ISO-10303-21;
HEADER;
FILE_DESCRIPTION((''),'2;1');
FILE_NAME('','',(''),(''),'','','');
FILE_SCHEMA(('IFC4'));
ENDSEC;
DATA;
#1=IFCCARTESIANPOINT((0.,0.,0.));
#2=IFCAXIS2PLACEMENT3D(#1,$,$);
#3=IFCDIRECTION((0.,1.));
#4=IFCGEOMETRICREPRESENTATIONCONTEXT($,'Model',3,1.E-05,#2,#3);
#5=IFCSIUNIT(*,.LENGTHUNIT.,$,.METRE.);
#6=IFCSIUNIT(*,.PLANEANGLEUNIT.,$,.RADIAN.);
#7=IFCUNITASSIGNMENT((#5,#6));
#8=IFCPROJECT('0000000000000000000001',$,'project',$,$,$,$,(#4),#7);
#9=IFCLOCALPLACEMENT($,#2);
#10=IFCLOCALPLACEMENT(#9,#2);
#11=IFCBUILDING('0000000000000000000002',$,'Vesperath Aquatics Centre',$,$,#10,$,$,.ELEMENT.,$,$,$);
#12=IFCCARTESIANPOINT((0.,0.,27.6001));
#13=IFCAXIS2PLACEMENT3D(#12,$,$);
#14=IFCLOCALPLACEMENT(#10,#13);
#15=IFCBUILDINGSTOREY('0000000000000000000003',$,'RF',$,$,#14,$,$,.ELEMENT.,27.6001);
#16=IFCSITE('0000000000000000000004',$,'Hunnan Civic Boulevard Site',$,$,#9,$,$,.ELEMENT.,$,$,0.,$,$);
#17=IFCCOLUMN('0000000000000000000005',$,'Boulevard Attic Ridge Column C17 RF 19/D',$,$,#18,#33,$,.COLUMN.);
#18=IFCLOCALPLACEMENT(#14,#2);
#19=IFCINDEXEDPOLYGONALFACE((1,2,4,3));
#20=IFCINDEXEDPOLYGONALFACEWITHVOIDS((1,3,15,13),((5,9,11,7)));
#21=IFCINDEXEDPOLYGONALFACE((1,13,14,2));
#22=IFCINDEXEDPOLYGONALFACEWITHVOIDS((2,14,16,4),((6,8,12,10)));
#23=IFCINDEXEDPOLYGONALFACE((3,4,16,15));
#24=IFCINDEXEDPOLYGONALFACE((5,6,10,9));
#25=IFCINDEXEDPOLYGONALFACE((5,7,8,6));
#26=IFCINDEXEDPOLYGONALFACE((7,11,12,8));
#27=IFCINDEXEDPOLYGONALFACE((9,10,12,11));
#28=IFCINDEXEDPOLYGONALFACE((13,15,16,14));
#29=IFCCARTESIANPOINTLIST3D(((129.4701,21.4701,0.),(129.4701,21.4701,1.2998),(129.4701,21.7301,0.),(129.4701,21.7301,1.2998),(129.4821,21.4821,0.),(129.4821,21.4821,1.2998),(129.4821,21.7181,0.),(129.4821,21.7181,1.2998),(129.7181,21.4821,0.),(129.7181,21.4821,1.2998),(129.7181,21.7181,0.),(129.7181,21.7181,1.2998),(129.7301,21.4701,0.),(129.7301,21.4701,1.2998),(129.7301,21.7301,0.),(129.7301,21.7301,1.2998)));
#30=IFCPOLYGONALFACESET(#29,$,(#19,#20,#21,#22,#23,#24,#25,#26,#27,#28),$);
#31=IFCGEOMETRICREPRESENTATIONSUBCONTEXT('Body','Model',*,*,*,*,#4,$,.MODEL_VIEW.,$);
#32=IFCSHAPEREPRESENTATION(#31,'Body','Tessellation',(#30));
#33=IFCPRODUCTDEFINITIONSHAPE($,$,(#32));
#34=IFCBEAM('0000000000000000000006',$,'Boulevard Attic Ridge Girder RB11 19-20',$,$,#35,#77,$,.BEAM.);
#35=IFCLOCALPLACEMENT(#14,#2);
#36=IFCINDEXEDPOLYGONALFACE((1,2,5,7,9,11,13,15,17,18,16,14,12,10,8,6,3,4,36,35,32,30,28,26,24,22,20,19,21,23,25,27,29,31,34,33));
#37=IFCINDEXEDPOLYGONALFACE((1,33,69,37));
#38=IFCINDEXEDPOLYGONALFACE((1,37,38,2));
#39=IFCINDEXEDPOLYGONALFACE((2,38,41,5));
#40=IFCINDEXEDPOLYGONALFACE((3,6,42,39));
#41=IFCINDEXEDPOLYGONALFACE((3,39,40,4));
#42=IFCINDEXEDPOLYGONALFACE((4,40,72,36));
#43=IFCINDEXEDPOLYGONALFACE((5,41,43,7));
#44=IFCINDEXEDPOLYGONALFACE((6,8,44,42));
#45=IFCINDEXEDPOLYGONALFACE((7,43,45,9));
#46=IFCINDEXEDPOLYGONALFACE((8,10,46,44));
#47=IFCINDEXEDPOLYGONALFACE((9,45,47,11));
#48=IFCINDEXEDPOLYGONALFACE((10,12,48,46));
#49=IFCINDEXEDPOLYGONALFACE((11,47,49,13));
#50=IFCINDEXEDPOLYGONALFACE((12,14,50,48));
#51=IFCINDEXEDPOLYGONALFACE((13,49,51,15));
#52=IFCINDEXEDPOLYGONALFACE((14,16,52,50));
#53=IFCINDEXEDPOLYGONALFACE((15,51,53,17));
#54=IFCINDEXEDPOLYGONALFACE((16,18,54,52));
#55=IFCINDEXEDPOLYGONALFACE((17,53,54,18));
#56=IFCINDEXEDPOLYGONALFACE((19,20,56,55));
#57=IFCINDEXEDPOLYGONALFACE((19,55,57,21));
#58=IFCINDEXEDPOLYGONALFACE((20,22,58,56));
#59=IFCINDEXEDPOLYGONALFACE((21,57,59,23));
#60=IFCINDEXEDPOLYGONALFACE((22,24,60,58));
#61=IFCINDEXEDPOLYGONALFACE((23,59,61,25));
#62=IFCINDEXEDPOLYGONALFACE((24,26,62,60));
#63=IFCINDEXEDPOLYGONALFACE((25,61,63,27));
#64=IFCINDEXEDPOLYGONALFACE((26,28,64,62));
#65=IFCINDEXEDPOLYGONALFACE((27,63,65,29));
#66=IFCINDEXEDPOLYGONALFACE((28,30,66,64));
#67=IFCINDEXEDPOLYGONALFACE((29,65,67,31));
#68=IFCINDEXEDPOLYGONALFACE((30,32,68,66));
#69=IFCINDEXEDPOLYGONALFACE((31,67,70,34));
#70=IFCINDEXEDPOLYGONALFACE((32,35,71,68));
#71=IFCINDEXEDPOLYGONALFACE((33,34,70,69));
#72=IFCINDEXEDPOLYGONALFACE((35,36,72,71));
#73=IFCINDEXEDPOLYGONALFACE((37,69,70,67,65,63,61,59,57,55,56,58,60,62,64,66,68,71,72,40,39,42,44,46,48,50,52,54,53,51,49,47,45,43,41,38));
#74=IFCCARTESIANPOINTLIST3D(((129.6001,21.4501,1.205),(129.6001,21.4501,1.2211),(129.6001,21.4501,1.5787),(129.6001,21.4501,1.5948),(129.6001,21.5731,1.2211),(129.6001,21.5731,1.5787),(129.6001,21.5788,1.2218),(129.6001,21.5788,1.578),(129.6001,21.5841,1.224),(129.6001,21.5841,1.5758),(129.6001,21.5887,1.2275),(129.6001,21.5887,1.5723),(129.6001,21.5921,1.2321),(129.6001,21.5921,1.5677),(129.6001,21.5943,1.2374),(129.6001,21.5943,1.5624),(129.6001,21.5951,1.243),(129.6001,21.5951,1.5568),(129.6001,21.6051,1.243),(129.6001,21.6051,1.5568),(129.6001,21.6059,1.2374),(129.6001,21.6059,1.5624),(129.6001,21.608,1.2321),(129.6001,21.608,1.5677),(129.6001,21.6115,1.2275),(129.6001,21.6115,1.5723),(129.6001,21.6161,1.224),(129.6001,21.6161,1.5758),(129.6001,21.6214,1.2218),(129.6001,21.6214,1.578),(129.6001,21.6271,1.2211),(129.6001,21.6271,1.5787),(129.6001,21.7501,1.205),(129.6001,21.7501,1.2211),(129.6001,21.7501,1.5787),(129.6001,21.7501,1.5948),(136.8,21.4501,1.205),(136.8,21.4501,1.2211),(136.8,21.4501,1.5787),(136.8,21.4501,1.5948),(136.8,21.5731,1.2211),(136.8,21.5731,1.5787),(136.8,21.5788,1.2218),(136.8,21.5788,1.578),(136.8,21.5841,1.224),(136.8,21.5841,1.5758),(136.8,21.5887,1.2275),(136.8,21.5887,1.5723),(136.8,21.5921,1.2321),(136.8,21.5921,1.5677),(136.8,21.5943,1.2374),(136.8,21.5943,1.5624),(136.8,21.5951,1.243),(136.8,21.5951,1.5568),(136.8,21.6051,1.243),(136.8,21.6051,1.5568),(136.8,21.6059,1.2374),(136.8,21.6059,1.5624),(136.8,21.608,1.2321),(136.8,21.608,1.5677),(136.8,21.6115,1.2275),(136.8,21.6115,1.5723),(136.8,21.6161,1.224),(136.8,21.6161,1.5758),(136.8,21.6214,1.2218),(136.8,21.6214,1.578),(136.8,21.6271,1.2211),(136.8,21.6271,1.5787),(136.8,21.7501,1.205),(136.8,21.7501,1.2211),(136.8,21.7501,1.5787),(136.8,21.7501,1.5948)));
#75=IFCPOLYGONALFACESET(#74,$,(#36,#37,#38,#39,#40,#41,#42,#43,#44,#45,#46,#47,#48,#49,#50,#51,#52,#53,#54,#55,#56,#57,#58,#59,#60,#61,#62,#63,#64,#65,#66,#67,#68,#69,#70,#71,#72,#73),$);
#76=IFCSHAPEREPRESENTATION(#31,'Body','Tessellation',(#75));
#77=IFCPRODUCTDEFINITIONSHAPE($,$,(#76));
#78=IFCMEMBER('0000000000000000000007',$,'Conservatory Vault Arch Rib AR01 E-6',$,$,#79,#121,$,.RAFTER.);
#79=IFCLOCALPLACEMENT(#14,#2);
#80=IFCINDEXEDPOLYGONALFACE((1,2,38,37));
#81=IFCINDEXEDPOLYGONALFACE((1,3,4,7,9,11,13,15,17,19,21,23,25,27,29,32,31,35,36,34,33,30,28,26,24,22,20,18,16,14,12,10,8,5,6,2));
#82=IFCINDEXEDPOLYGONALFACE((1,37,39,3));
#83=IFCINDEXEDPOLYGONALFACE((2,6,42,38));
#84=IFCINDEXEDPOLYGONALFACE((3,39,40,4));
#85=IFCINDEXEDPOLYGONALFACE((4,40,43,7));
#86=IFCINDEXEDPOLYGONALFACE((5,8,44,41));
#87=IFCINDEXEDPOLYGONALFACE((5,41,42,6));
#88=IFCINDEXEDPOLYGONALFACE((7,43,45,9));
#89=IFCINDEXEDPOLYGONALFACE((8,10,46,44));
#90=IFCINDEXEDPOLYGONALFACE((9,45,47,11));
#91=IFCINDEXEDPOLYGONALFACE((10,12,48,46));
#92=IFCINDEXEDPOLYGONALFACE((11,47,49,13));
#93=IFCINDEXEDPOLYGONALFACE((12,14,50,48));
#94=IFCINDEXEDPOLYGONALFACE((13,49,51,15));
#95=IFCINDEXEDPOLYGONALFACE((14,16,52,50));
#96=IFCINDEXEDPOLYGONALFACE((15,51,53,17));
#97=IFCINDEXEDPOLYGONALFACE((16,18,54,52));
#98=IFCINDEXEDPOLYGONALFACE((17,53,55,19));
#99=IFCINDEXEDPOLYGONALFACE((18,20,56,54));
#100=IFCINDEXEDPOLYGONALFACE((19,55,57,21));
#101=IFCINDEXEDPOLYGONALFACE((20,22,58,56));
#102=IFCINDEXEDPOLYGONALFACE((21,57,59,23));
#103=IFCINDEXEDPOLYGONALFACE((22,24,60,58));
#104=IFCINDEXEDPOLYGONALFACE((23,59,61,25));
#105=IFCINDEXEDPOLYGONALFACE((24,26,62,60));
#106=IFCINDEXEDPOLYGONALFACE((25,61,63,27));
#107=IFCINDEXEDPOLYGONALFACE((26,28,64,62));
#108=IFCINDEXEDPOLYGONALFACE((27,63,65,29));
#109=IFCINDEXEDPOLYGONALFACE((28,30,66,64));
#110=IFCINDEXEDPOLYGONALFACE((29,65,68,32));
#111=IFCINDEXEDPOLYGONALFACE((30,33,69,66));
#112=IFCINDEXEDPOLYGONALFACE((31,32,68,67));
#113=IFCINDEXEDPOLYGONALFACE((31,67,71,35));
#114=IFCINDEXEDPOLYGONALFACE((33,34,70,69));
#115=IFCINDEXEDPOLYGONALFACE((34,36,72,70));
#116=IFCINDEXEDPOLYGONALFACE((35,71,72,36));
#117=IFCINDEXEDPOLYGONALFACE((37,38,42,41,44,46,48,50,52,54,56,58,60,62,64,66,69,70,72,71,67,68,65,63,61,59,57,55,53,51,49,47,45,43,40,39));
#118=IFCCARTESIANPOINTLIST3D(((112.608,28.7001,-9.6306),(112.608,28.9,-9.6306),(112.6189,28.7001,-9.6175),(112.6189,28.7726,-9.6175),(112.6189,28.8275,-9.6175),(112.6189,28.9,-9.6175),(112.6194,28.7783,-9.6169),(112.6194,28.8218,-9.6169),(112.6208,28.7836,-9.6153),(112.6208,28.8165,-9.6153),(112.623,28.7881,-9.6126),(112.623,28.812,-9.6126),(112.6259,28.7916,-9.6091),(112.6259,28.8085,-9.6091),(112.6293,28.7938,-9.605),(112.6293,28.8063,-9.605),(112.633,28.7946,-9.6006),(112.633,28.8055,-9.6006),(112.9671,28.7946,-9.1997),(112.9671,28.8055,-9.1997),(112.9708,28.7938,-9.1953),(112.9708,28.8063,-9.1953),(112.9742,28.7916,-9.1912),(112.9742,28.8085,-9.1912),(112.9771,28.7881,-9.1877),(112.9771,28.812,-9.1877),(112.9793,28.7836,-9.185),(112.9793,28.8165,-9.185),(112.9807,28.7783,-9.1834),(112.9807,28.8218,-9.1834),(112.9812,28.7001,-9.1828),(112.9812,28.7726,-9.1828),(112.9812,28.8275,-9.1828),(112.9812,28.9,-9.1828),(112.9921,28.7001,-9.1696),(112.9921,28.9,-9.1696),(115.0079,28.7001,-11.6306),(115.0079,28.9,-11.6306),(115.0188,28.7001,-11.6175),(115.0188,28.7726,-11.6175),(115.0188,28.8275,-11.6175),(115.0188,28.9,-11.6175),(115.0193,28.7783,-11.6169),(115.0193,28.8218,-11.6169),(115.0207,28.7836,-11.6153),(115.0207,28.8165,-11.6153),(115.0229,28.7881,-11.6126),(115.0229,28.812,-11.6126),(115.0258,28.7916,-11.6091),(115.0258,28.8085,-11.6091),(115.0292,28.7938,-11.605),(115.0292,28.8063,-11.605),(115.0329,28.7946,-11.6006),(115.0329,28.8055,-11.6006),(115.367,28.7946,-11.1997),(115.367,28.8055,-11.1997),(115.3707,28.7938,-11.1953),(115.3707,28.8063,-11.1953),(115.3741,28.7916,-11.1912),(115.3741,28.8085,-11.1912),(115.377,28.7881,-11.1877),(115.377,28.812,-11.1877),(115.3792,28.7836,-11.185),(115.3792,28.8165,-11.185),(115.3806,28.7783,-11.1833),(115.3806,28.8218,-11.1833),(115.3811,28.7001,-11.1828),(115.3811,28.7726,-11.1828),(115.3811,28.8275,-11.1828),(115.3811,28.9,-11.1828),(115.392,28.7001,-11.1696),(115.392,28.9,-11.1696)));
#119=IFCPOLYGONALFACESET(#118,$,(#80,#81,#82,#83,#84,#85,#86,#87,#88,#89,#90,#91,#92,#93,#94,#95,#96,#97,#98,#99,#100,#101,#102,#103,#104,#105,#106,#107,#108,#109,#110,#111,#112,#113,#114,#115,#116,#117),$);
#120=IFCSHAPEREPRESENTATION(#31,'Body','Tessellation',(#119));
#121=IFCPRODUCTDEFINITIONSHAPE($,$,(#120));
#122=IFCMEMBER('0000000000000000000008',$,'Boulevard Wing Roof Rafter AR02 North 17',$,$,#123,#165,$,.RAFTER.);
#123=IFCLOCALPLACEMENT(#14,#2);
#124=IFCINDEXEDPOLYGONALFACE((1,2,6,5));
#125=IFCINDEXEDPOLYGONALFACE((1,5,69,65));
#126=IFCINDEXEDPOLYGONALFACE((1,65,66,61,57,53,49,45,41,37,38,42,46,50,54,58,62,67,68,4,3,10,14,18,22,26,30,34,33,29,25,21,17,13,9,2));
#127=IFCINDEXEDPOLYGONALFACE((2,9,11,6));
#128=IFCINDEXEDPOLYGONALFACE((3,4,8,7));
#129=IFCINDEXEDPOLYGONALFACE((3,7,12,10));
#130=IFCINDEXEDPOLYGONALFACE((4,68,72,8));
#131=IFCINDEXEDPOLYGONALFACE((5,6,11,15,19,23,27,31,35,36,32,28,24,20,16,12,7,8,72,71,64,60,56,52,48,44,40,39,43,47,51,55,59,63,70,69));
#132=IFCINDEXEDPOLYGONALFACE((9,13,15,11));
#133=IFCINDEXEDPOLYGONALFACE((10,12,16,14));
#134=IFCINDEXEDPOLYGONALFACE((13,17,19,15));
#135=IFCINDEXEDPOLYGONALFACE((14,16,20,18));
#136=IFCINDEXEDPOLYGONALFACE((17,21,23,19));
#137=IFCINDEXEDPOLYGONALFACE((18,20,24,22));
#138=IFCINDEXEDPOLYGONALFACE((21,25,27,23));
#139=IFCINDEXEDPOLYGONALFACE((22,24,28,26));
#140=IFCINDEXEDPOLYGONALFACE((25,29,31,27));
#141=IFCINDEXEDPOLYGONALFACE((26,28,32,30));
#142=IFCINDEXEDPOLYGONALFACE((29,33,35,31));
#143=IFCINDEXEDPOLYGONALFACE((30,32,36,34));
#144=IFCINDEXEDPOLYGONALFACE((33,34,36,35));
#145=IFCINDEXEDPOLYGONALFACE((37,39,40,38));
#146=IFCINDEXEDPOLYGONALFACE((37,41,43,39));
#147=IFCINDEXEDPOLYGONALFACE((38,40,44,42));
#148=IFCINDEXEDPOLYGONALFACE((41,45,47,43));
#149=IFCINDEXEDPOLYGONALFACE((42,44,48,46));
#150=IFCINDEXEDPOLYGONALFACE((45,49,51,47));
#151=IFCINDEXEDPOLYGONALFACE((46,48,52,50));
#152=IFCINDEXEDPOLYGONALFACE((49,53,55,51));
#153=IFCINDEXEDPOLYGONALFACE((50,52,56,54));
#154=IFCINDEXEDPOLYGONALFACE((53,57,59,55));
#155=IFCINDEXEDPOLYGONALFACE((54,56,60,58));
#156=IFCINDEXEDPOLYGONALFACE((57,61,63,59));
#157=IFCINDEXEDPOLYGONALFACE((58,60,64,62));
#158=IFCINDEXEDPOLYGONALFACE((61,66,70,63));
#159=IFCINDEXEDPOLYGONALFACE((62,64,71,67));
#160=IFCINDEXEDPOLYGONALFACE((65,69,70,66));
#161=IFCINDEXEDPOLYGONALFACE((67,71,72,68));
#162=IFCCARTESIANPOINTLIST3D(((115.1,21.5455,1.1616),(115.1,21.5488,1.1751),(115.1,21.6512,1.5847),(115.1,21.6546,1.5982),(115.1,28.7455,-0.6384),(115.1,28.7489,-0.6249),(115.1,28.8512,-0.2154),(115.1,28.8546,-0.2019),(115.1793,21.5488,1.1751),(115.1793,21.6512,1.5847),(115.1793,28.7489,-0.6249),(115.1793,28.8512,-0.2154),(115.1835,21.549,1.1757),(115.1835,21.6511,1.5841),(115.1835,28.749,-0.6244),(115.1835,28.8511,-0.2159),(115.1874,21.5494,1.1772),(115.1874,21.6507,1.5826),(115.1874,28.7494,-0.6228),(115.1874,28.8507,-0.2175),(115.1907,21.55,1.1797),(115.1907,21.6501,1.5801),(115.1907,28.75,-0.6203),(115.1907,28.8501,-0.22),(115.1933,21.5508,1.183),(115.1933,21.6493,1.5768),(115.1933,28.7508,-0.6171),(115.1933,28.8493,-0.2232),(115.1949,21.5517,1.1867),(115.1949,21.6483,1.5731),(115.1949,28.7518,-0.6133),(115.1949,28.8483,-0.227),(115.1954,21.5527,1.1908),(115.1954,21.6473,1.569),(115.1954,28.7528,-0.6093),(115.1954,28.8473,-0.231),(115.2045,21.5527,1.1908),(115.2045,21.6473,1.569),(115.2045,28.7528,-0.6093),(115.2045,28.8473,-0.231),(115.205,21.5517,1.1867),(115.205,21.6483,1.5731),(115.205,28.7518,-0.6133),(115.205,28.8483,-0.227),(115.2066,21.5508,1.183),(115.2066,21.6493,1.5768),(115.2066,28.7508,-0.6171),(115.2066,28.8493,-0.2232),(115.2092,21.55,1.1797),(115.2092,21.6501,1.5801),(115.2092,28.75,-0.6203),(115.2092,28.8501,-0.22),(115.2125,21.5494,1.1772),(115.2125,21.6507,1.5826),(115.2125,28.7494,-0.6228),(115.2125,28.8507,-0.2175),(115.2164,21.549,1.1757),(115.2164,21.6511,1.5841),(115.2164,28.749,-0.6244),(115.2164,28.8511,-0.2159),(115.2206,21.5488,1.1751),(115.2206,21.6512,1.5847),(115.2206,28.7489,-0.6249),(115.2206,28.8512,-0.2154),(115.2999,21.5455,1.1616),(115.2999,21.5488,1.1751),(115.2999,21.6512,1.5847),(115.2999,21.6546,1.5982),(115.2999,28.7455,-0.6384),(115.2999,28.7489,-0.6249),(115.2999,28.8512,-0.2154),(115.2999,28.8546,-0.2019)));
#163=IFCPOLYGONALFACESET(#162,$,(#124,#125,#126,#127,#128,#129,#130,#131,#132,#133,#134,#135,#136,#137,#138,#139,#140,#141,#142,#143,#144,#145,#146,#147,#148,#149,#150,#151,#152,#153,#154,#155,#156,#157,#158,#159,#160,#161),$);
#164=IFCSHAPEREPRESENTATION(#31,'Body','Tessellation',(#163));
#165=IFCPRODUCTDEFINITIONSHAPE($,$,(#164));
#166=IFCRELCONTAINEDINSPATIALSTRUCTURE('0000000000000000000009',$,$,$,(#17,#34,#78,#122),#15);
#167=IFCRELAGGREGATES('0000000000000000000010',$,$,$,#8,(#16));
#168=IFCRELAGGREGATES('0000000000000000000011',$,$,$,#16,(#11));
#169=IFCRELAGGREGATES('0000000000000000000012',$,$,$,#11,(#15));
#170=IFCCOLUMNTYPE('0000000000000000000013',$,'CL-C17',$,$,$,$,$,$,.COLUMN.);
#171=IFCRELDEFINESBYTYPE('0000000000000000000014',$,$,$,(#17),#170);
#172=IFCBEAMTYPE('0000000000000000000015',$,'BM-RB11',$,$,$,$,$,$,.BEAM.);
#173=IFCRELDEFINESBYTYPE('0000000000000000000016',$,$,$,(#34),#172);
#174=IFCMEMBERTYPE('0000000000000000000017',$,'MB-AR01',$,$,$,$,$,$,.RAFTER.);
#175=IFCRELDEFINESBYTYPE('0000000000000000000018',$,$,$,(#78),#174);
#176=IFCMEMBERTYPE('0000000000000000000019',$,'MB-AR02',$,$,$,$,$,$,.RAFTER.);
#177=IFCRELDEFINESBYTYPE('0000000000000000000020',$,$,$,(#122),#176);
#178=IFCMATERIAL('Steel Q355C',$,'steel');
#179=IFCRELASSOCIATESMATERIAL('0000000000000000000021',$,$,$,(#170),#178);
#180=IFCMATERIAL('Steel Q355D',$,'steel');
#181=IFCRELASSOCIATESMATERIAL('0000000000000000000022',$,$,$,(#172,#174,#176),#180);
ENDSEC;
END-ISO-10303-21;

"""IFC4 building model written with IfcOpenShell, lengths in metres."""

from ifc_helpers import new_model, si_unit, direction, frame, origin, origin_2d, place, context, subcontext, project, spatial, hollow_rectangle, i_section, extrude, material, material_profile, profile_set, type_object, element, save


model = new_model("IFC4")

# Units and contexts
model_context = context("Model", 3, precision=1e-05, world=origin(), true_north=direction((0.0, 1.0)))
body_context = subcontext(model_context, "Body", "Model", "MODEL_VIEW")
ifc_project = project(units=[si_unit("LENGTHUNIT", "METRE"), si_unit("PLANEANGLEUNIT", "RADIAN")], contexts=[model_context])

# Site, building, storey
site_placement = place(None, origin())
site = spatial("IfcSite", under=ifc_project, at=site_placement, Name="Hunnan Civic Boulevard Site", CompositionType="ELEMENT", RefElevation=0.0)
building_placement = place(site_placement, origin())
building = spatial("IfcBuilding", under=site, at=building_placement, Name="Vesperath Aquatics Centre", CompositionType="ELEMENT")
storey_placement = place(building_placement, frame((0.0, 0.0, 27.6001)))
storey = spatial("IfcBuildingStorey", under=building, at=storey_placement, Name="RF", CompositionType="ELEMENT", Elevation=27.6001)

# Column
ifc_material_1 = material(Name="Steel Q355C", Category="steel")
ifc_material_profile_1 = material_profile(ifc_material_1, hollow_rectangle(XDim=0.26, YDim=0.26, WallThickness=0.012, at=origin_2d()), Name="SHS 260x260x12")
ifc_profile_set_1 = profile_set([ifc_material_profile_1], Name="Steel Q355C")
column_type = type_object("IfcColumnType", Name="CL-C17", PredefinedType="COLUMN", material=ifc_profile_set_1)
column_placement = place(storey_placement, frame((129.6001, 21.6001, 0.0), z_axis=(0.0, 0.0, 1.0), x_axis=(1.0, 0.0, 0.0)))
element("IfcColumn", 1, at=column_placement, inside=storey, type_object=column_type, Name="Boulevard Attic Ridge Column C17 RF 19/D", PredefinedType="COLUMN", context=body_context, shape_type="SweptSolid", body=[
    extrude(hollow_rectangle(XDim=0.26, YDim=0.26, WallThickness=0.012, at=origin_2d()), origin(), (0.0, 0.0, 1.0), 1.2998),
])

# Beam
ifc_material_2 = material(Name="Steel Q355D", Category="steel")
ifc_material_profile_2 = material_profile(ifc_material_2, i_section(OverallWidth=0.3, OverallDepth=0.3899, WebThickness=0.01, FlangeThickness=0.0161, FilletRadius=0.022, at=origin_2d()), Name="HM 390x300x10x16")
ifc_profile_set_2 = profile_set([ifc_material_profile_2], Name="Steel Q355D")
beam_type = type_object("IfcBeamType", Name="BM-RB11", PredefinedType="BEAM", material=ifc_profile_set_2)
beam_placement = place(storey_placement, frame((129.6001, 21.6001, 1.3999), z_axis=(1.0, 0.0, 0.0), x_axis=(0.0, 1.0, 0.0)))
element("IfcBeam", 2, at=beam_placement, inside=storey, type_object=beam_type, Name="Boulevard Attic Ridge Girder RB11 19-20", PredefinedType="BEAM", context=body_context, shape_type="SweptSolid", body=[
    extrude(i_section(OverallWidth=0.3, OverallDepth=0.3899, WebThickness=0.01, FlangeThickness=0.0161, FilletRadius=0.022, at=origin_2d()), origin(), (0.0, 0.0, 1.0), 7.2),
])

# Members
ifc_material_profile_3 = material_profile(ifc_material_2, i_section(OverallWidth=0.2, OverallDepth=0.6001, WebThickness=0.011, FlangeThickness=0.0171, FilletRadius=0.022, at=origin_2d()), Name="HN 600x200x11x17")
ifc_profile_set_3 = profile_set([ifc_material_profile_3], Name="Steel Q355D")
member_type_1 = type_object("IfcMemberType", Name="MB-AR01", PredefinedType="RAFTER", material=ifc_profile_set_3)
member_1_placement = place(storey_placement, frame((112.8, 28.8, -9.4001), z_axis=(0.768208, 0.0, -0.6402), x_axis=(0.0, 1.0, 0.0)))
element("IfcMember", 3, at=member_1_placement, inside=storey, type_object=member_type_1, Name="Conservatory Vault Arch Rib AR01 E-6", PredefinedType="RAFTER", context=body_context, shape_type="SweptSolid", body=[
    extrude(i_section(OverallWidth=0.2, OverallDepth=0.6001, WebThickness=0.011, FlangeThickness=0.0171, FilletRadius=0.022, at=origin_2d()), origin(), (0.0, 0.0, 1.0), 3.124),
])
ifc_material_profile_4 = material_profile(ifc_material_2, i_section(OverallWidth=0.2, OverallDepth=0.45, WebThickness=0.009, FlangeThickness=0.0139, FilletRadius=0.0161, at=origin_2d()), Name="HN 450x200x9x14")
ifc_profile_set_4 = profile_set([ifc_material_profile_4], Name="Steel Q355D")
member_type_2 = type_object("IfcMemberType", Name="MB-AR02", PredefinedType="RAFTER", material=ifc_profile_set_4)
for number, where, z_axis, x_axis, name in (
    (4, (115.2, 28.8, -0.4202), (0.0, -0.970141, 0.242543), (1.0, 0.0, 0.0), "Boulevard Wing Roof Rafter AR02 North 17"),
):
    element("IfcMember", number, at=place(storey_placement, frame(where, z_axis=z_axis, x_axis=x_axis)), inside=storey, type_object=member_type_2, Name=name, PredefinedType="RAFTER", context=body_context, shape_type="SweptSolid", body=[
        extrude(i_section(OverallWidth=0.2, OverallDepth=0.45, WebThickness=0.009, FlangeThickness=0.0139, FilletRadius=0.0161, at=origin_2d()), origin(), (0.0, 0.0, 1.0), 7.4216),
    ])

save(model, "model.ifc")
